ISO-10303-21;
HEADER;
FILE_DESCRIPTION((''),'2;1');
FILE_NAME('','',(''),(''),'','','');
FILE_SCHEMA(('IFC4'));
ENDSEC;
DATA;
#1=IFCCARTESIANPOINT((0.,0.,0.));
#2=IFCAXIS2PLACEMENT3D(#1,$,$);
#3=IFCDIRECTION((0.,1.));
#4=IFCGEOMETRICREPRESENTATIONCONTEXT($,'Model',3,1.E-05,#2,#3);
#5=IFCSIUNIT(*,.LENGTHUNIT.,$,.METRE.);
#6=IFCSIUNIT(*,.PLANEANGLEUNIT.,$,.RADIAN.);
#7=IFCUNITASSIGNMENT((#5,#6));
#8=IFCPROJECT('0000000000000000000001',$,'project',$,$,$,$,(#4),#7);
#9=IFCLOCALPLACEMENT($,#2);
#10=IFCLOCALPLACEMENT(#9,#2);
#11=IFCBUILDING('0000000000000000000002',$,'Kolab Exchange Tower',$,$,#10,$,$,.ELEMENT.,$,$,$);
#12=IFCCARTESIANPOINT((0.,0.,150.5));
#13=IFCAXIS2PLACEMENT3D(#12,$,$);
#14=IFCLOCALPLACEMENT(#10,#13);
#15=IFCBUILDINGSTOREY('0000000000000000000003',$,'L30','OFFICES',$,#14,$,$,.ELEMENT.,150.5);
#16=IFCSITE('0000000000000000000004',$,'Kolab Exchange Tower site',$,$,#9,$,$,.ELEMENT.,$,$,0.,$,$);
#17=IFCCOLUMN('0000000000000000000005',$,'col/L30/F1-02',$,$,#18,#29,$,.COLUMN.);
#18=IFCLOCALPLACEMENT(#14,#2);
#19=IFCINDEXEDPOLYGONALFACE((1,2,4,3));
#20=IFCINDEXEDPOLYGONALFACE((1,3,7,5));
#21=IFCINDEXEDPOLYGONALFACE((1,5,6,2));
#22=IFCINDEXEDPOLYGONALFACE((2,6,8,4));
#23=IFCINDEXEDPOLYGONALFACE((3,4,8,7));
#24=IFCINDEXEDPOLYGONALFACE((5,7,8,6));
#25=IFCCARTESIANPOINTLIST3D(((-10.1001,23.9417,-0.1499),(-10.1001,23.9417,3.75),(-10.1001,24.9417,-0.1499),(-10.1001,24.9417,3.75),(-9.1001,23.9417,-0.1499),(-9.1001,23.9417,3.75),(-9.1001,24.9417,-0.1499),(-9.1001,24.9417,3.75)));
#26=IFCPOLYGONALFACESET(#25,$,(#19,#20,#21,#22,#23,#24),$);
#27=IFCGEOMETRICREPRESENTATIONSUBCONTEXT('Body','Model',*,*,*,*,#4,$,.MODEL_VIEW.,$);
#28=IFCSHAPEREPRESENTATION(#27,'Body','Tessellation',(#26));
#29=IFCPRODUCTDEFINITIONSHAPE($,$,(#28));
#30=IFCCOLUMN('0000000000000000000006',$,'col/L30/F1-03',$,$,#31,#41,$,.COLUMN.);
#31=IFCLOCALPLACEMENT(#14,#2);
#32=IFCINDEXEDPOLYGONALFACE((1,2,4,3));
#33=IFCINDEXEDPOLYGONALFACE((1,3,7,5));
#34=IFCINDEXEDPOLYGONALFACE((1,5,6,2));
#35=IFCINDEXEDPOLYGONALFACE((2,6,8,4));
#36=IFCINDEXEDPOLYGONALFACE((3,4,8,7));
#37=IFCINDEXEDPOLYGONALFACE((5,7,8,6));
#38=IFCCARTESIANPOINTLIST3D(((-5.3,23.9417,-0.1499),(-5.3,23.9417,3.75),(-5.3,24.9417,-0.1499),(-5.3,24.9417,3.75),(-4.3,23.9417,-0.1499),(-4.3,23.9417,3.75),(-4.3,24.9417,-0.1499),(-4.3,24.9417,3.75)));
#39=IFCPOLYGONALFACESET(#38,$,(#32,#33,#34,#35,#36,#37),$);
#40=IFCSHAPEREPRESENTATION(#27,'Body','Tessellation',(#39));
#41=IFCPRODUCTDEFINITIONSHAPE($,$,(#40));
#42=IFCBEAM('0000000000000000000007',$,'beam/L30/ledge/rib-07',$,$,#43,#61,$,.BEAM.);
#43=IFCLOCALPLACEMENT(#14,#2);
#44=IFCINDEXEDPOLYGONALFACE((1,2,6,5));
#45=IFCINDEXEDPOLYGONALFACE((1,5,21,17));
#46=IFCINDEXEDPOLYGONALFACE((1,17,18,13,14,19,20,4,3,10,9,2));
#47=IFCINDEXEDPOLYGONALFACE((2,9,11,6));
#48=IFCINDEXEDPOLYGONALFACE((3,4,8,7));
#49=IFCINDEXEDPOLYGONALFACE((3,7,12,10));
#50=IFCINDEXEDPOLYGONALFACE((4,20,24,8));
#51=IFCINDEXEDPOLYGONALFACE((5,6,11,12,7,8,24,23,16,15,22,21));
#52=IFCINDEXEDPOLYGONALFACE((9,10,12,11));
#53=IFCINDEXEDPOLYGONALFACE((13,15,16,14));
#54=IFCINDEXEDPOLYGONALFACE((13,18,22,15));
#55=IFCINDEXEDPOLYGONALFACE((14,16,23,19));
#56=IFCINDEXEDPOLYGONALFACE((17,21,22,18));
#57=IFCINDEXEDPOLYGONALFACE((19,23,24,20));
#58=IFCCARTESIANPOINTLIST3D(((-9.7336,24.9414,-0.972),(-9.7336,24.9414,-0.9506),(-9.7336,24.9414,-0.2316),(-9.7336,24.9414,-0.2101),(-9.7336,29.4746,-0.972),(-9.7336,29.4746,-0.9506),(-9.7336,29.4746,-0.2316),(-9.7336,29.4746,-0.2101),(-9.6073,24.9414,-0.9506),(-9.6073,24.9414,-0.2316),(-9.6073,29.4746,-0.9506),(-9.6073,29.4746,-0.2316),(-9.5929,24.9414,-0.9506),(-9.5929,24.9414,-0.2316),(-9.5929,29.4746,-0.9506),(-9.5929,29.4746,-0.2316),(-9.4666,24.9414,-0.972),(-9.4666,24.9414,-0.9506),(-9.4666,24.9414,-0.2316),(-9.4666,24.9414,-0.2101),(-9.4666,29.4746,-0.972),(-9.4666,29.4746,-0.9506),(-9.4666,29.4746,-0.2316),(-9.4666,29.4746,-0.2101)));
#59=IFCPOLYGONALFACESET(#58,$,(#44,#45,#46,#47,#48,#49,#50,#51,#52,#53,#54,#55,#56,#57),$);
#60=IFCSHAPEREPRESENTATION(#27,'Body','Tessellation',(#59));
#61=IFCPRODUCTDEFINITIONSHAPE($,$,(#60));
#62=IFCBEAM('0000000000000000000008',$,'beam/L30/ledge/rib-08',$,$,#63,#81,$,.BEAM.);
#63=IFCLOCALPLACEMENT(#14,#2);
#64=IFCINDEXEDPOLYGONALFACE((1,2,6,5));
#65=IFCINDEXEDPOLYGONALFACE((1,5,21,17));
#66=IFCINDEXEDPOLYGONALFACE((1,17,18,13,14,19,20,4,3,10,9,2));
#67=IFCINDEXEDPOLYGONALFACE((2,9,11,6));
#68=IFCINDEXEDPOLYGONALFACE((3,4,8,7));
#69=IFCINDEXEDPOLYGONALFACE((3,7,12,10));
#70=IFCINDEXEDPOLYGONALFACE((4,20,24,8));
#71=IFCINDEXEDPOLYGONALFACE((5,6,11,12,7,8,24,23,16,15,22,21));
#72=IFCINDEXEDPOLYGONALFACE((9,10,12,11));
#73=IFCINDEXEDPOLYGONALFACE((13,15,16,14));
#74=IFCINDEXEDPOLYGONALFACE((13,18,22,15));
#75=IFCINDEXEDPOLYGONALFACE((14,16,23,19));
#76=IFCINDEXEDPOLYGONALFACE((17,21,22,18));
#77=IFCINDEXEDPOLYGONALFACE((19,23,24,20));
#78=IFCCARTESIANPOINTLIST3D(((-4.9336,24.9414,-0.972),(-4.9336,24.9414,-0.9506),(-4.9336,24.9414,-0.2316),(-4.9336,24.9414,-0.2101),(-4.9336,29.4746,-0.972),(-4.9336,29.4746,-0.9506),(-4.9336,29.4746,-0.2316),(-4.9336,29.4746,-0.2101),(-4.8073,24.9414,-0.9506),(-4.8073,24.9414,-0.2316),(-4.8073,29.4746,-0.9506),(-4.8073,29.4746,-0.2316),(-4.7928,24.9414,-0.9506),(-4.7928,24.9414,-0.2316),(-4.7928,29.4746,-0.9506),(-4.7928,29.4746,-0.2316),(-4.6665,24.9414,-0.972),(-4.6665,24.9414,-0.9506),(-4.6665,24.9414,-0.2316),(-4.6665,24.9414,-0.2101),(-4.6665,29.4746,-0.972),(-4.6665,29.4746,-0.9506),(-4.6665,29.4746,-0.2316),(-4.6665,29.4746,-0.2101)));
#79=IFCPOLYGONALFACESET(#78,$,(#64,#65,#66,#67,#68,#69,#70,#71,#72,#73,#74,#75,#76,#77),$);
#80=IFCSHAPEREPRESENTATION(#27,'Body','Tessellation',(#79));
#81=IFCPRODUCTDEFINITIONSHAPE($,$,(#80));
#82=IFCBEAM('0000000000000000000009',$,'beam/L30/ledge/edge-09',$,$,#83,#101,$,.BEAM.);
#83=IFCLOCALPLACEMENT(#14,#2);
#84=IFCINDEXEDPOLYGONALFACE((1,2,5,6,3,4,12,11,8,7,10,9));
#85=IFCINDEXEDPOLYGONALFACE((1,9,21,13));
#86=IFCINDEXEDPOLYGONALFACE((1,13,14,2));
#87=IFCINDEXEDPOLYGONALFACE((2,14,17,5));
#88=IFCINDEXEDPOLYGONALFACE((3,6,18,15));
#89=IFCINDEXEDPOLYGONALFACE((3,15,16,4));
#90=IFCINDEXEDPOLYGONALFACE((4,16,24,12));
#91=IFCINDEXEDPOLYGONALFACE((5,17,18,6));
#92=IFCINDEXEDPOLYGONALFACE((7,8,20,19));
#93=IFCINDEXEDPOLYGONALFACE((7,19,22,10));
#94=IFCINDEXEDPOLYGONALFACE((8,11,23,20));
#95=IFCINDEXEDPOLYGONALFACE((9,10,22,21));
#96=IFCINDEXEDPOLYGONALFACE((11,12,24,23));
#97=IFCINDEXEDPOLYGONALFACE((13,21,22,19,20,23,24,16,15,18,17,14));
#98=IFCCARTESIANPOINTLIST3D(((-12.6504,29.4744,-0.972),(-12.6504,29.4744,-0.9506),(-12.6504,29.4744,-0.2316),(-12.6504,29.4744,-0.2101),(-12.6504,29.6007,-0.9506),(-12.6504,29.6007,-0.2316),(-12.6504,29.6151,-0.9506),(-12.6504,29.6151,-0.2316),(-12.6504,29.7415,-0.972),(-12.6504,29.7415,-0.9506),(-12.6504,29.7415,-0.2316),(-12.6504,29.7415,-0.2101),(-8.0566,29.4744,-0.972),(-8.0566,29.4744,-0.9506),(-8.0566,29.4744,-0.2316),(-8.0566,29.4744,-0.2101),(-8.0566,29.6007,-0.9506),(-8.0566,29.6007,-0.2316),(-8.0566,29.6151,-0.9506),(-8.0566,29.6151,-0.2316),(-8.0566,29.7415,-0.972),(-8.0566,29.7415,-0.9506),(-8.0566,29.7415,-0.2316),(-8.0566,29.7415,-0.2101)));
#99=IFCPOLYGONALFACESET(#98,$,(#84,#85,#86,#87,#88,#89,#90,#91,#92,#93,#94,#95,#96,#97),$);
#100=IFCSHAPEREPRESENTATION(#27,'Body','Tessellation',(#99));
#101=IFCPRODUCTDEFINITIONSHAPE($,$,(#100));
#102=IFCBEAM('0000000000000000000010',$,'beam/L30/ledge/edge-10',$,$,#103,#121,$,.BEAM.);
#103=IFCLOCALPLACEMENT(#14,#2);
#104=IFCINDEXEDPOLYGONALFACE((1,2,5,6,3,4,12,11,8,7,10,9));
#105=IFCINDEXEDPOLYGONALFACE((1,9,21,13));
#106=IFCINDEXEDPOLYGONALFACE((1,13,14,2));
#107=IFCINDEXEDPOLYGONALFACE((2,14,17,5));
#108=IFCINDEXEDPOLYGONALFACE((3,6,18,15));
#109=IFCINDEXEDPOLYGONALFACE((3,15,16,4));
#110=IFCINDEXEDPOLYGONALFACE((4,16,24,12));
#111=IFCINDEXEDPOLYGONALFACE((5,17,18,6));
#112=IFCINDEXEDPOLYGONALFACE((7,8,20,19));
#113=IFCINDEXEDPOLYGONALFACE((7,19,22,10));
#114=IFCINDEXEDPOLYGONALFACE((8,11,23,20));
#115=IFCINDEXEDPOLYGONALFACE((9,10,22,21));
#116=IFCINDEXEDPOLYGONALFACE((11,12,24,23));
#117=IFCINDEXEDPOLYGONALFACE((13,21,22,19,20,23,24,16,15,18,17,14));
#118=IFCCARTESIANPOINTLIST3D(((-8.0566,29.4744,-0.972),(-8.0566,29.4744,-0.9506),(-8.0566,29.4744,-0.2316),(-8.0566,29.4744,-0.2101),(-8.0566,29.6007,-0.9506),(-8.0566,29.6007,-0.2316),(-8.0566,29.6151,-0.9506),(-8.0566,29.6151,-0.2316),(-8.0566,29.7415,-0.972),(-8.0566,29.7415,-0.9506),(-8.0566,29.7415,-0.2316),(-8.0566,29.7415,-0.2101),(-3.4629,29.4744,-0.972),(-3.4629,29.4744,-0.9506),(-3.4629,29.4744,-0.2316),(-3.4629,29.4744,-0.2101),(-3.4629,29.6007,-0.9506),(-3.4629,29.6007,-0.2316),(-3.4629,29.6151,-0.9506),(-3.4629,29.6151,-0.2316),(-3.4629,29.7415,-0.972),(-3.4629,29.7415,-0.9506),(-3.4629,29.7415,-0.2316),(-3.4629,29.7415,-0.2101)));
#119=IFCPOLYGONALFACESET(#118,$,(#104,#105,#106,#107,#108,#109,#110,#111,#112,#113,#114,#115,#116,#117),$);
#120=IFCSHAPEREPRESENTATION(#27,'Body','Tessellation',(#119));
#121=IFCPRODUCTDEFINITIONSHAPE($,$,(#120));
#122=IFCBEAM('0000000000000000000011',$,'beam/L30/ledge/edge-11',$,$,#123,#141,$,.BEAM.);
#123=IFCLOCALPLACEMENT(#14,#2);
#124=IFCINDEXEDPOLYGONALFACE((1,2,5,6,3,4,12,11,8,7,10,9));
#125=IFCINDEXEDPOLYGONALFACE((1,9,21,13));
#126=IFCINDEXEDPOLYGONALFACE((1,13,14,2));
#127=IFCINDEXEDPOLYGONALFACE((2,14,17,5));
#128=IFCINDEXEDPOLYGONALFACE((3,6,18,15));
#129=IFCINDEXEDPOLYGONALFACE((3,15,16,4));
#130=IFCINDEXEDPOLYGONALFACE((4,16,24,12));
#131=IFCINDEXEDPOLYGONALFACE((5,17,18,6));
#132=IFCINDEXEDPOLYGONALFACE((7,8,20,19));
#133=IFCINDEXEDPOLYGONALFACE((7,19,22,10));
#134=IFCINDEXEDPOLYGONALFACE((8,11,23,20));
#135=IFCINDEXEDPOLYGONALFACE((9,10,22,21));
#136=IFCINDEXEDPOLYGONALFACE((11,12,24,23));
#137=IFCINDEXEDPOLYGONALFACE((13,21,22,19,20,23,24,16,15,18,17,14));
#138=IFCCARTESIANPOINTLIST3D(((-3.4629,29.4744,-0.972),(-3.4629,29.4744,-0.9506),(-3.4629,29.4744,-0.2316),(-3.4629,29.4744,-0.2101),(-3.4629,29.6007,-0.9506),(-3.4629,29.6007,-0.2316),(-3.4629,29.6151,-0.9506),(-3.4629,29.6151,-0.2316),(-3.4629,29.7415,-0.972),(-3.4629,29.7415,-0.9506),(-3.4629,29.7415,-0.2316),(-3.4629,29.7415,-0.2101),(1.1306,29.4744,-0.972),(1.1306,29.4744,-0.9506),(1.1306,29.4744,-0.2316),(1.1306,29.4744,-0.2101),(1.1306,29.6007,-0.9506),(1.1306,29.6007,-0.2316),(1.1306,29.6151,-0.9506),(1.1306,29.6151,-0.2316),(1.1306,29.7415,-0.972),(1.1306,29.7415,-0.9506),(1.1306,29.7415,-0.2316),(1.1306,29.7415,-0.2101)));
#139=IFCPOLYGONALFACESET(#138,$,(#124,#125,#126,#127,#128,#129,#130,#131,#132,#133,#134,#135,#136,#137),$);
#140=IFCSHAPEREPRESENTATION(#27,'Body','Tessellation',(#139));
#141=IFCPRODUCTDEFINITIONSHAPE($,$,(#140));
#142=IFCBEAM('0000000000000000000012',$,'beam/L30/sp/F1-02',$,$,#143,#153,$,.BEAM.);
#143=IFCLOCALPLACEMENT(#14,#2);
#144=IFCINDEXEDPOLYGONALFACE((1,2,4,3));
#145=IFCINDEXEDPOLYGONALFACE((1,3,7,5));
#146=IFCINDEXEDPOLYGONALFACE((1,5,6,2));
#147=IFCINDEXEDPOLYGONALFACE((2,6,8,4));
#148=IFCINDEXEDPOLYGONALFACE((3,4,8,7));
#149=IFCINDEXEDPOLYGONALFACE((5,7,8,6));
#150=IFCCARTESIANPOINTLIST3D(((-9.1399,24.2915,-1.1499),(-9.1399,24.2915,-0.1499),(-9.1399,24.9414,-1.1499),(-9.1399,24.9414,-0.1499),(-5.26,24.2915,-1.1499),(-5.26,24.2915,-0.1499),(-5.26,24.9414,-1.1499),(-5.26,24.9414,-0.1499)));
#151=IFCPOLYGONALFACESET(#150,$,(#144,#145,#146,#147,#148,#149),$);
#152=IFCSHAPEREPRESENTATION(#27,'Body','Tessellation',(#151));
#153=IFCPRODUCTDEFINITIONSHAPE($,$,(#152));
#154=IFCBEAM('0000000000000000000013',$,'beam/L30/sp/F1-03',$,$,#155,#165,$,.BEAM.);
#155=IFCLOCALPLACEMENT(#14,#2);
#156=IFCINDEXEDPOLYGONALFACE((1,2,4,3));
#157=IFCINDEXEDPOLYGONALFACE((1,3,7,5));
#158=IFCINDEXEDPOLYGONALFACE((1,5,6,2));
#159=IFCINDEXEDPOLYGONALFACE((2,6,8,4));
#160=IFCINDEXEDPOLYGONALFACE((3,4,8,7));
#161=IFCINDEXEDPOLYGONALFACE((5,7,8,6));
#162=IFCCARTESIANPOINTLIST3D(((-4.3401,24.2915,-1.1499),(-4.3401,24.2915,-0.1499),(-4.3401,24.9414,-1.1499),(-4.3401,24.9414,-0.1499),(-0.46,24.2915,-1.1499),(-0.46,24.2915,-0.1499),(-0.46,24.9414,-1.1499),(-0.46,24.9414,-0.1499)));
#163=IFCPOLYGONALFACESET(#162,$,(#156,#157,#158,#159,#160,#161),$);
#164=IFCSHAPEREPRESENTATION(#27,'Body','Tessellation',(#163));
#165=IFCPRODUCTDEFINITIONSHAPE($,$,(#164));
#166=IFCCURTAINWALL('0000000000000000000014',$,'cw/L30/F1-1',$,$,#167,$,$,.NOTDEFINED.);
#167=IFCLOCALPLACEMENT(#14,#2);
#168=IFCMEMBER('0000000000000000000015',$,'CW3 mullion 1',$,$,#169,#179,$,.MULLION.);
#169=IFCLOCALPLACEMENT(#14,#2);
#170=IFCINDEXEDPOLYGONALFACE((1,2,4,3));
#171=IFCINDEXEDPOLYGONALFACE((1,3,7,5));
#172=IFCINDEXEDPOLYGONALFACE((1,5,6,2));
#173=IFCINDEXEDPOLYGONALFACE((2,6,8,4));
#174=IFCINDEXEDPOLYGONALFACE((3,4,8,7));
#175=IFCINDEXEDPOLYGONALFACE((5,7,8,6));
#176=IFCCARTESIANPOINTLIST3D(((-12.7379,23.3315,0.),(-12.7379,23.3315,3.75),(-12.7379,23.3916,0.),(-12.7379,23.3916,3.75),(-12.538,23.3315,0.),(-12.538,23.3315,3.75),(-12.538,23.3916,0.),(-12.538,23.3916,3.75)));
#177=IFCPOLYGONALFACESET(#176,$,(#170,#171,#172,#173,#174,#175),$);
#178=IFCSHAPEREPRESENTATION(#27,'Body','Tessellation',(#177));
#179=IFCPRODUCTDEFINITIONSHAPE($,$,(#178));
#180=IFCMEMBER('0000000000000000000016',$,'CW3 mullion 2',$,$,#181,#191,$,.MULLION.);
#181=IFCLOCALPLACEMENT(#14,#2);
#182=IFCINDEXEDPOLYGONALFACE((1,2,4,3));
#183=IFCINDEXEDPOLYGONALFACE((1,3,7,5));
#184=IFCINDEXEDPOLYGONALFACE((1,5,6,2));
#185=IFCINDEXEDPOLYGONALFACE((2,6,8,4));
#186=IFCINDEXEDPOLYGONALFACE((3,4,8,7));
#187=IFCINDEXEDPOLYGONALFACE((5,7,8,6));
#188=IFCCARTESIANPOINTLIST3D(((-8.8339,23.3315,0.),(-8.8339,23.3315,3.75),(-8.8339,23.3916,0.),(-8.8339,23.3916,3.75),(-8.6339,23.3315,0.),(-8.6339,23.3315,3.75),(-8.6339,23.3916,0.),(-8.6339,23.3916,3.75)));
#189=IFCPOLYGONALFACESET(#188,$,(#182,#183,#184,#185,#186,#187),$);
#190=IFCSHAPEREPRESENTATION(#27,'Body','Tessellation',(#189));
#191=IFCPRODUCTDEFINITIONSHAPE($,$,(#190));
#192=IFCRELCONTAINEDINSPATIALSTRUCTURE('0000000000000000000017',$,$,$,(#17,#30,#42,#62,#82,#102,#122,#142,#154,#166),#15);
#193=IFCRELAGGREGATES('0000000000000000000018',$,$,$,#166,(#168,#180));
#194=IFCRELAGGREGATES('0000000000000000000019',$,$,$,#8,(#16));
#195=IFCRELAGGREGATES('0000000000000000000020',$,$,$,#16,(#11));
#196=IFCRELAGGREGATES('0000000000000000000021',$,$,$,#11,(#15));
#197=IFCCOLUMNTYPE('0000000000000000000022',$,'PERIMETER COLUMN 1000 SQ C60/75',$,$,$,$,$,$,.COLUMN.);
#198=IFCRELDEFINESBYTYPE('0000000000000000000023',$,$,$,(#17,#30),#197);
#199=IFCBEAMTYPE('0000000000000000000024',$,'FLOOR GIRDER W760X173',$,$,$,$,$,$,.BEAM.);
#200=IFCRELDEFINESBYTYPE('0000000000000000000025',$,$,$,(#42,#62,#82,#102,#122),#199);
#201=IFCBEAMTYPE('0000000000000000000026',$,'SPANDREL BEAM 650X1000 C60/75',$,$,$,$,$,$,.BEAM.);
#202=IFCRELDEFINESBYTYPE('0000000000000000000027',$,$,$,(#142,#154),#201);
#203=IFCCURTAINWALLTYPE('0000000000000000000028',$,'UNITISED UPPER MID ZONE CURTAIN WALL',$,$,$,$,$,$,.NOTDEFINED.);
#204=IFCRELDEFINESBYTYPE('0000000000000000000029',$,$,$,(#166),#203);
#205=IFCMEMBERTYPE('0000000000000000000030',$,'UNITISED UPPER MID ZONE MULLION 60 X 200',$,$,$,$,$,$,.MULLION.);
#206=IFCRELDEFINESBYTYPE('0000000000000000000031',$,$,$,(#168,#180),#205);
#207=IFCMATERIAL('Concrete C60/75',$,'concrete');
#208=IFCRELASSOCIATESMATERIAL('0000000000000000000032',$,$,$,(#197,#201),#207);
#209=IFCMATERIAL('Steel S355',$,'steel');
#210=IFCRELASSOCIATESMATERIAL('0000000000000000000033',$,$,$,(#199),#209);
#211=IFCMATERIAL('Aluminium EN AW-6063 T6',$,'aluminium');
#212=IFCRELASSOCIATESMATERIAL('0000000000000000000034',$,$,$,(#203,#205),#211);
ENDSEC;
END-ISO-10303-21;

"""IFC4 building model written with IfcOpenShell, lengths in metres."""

from ifc_helpers import new_model, si_unit, direction, frame, origin, origin_2d, place, context, subcontext, project, spatial, rectangle, i_section, extrude, material, material_profile, profile_set, type_object, element, aggregate, save


model = new_model("IFC4")

# Units and contexts
model_context = context("Model", 3, precision=1e-05, world=origin(), true_north=direction((0.0, 1.0)))
body_context = subcontext(model_context, "Body", "Model", "MODEL_VIEW")
ifc_project = project(units=[si_unit("LENGTHUNIT", "METRE"), si_unit("PLANEANGLEUNIT", "RADIAN")], contexts=[model_context])

# Site, building, storey
site_placement = place(None, origin())
site = spatial("IfcSite", under=ifc_project, at=site_placement, Name="Kolab Exchange Tower site", CompositionType="ELEMENT", RefElevation=0.0)
building_placement = place(site_placement, origin())
building = spatial("IfcBuilding", under=site, at=building_placement, Name="Kolab Exchange Tower", CompositionType="ELEMENT")
storey_placement = place(building_placement, frame((0.0, 0.0, 150.5)))
storey = spatial("IfcBuildingStorey", under=building, at=storey_placement, Name="L30", Description="OFFICES", CompositionType="ELEMENT", Elevation=150.5)

# Columns
ifc_material_1 = material(Name="Concrete C60/75", Category="concrete")
ifc_material_profile_1 = material_profile(ifc_material_1, rectangle(XDim=1.0, YDim=1.0, at=origin_2d()), Name="RC1000")
ifc_profile_set_1 = profile_set([ifc_material_profile_1], Name="Concrete C60/75")
column_type = type_object("IfcColumnType", Name="PERIMETER COLUMN 1000 SQ C60/75", PredefinedType="COLUMN", material=ifc_profile_set_1)
for number, where, z_axis, x_axis, name in (
    (1, (-9.6001, 24.4417, -0.1499), (0.0, 0.0, 1.0), (1.0, 0.0, 0.0), "col/L30/F1-02"),
    (2, (-4.8, 24.4417, -0.1499), (0.0, 0.0, 1.0), (1.0, 0.0, 0.0), "col/L30/F1-03"),
):
    element("IfcColumn", number, at=place(storey_placement, frame(where, z_axis=z_axis, x_axis=x_axis)), inside=storey, type_object=column_type, Name=name, PredefinedType="COLUMN", context=body_context, shape_type="SweptSolid", body=[
        extrude(rectangle(XDim=1.0, YDim=1.0, at=origin_2d()), origin(), (0.0, 0.0, 1.0), 3.8999),
    ])

# Beams
ifc_material_2 = material(Name="Steel S355", Category="steel")
ifc_material_profile_2 = material_profile(ifc_material_2, i_section(OverallWidth=0.2671, OverallDepth=0.762, WebThickness=0.0144, FlangeThickness=0.0215, at=origin_2d()), Name="W760X173")
ifc_profile_set_2 = profile_set([ifc_material_profile_2], Name="Steel S355")
beam_type_1 = type_object("IfcBeamType", Name="FLOOR GIRDER W760X173", PredefinedType="BEAM", material=ifc_profile_set_2)
for number, where, z_axis, x_axis, name in (
    (3, (-9.6001, 24.9414, -0.5911), (0.0, 1.0, 0.0), (-1.0, 0.0, 0.0), "beam/L30/ledge/rib-07"),
    (4, (-4.8, 24.9414, -0.5911), (0.0, 1.0, 0.0), (-1.0, 0.0, 0.0), "beam/L30/ledge/rib-08"),
):
    element("IfcBeam", number, at=place(storey_placement, frame(where, z_axis=z_axis, x_axis=x_axis)), inside=storey, type_object=beam_type_1, Name=name, PredefinedType="BEAM", context=body_context, shape_type="SweptSolid", body=[
        extrude(i_section(OverallWidth=0.2671, OverallDepth=0.762, WebThickness=0.0144, FlangeThickness=0.0215, at=origin_2d()), origin(), (0.0, 0.0, 1.0), 4.5332),
    ])
for number, where, z_axis, x_axis, name in (
    (5, (-12.6504, 29.6079, -0.5911), (1.0, 0.0, 0.0), (0.0, 1.0, 0.0), "beam/L30/ledge/edge-09"),
    (6, (-8.0566, 29.6079, -0.5911), (1.0, 0.0, 0.0), (0.0, 1.0, 0.0), "beam/L30/ledge/edge-10"),
):
    element("IfcBeam", number, at=place(storey_placement, frame(where, z_axis=z_axis, x_axis=x_axis)), inside=storey, type_object=beam_type_1, Name=name, PredefinedType="BEAM", context=body_context, shape_type="SweptSolid", body=[
        extrude(i_section(OverallWidth=0.2671, OverallDepth=0.762, WebThickness=0.0144, FlangeThickness=0.0215, at=origin_2d()), origin(), (0.0, 0.0, 1.0), 4.5938),
    ])
beam_1_placement = place(storey_placement, frame((-3.4629, 29.6079, -0.5911), z_axis=(1.0, 0.0, 0.0), x_axis=(0.0, 1.0, 0.0)))
element("IfcBeam", 7, at=beam_1_placement, inside=storey, type_object=beam_type_1, Name="beam/L30/ledge/edge-11", PredefinedType="BEAM", context=body_context, shape_type="SweptSolid", body=[
    extrude(i_section(OverallWidth=0.2671, OverallDepth=0.762, WebThickness=0.0144, FlangeThickness=0.0215, at=origin_2d()), origin(), (0.0, 0.0, 1.0), 4.5935),
])
ifc_material_profile_3 = material_profile(ifc_material_1, rectangle(XDim=0.6499, YDim=1.0, at=origin_2d()), Name="RC650X1000")
ifc_profile_set_3 = profile_set([ifc_material_profile_3], Name="Concrete C60/75")
beam_type_2 = type_object("IfcBeamType", Name="SPANDREL BEAM 650X1000 C60/75", PredefinedType="BEAM", material=ifc_profile_set_3)
beam_2_placement = place(storey_placement, frame((-9.1399, 24.6165, -0.6499), z_axis=(1.0, 0.0, 0.0), x_axis=(0.0, 1.0, 0.0)))
element("IfcBeam", 8, at=beam_2_placement, inside=storey, type_object=beam_type_2, Name="beam/L30/sp/F1-02", PredefinedType="BEAM", context=body_context, shape_type="SweptSolid", body=[
    extrude(rectangle(XDim=0.6499, YDim=1.0, at=origin_2d()), origin(), (0.0, 0.0, 1.0), 3.8799),
])
beam_3_placement = place(storey_placement, frame((-4.3401, 24.6165, -0.6499), z_axis=(1.0, 0.0, 0.0), x_axis=(0.0, 1.0, 0.0)))
element("IfcBeam", 9, at=beam_3_placement, inside=storey, type_object=beam_type_2, Name="beam/L30/sp/F1-03", PredefinedType="BEAM", context=body_context, shape_type="SweptSolid", body=[
    extrude(rectangle(XDim=0.6499, YDim=1.0, at=origin_2d()), origin(), (0.0, 0.0, 1.0), 3.8801),
])

# Curtain wall, members
ifc_material_3 = material(Name="Aluminium EN AW-6063 T6", Category="aluminium")
curtain_wall_type = type_object("IfcCurtainWallType", Name="UNITISED UPPER MID ZONE CURTAIN WALL", PredefinedType="NOTDEFINED", material=ifc_material_3)
curtain_wall_1_placement = place(storey_placement, origin())
curtain_wall_1 = element("IfcCurtainWall", 10, at=curtain_wall_1_placement, inside=storey, type_object=curtain_wall_type, Name="cw/L30/F1-1", PredefinedType="NOTDEFINED")
ifc_material_profile_4 = material_profile(ifc_material_3, rectangle(XDim=0.0601, YDim=0.2, at=origin_2d()), Name="RECT 60X200")
ifc_profile_set_4 = profile_set([ifc_material_profile_4], Name="Aluminium EN AW-6063 T6")
member_type_1 = type_object("IfcMemberType", Name="UNITISED UPPER MID ZONE MULLION 60 X 200", PredefinedType="MULLION", material=ifc_profile_set_4)
member_1_placement = place(storey_placement, frame((-12.6379, 23.3616, 0.0), z_axis=(0.0, 0.0, 1.0), x_axis=(0.0, 1.0, 0.0)))
member_1 = element("IfcMember", 11, at=member_1_placement, type_object=member_type_1, Name="CW3 mullion 1", PredefinedType="MULLION", context=body_context, shape_type="SweptSolid", body=[
    extrude(rectangle(XDim=0.0601, YDim=0.2, at=origin_2d()), origin(), (0.0, 0.0, 1.0), 3.75),
])
member_2_placement = place(storey_placement, frame((-8.7339, 23.3616, 0.0), z_axis=(0.0, 0.0, 1.0), x_axis=(0.0, 1.0, 0.0)))
member_2 = element("IfcMember", 12, at=member_2_placement, type_object=member_type_1, Name="CW3 mullion 2", PredefinedType="MULLION", context=body_context, shape_type="SweptSolid", body=[
    extrude(rectangle(XDim=0.0601, YDim=0.2, at=origin_2d()), origin(), (0.0, 0.0, 1.0), 3.75),
])

aggregate(curtain_wall_1, [member_1, member_2])

save(model, "model.ifc")
